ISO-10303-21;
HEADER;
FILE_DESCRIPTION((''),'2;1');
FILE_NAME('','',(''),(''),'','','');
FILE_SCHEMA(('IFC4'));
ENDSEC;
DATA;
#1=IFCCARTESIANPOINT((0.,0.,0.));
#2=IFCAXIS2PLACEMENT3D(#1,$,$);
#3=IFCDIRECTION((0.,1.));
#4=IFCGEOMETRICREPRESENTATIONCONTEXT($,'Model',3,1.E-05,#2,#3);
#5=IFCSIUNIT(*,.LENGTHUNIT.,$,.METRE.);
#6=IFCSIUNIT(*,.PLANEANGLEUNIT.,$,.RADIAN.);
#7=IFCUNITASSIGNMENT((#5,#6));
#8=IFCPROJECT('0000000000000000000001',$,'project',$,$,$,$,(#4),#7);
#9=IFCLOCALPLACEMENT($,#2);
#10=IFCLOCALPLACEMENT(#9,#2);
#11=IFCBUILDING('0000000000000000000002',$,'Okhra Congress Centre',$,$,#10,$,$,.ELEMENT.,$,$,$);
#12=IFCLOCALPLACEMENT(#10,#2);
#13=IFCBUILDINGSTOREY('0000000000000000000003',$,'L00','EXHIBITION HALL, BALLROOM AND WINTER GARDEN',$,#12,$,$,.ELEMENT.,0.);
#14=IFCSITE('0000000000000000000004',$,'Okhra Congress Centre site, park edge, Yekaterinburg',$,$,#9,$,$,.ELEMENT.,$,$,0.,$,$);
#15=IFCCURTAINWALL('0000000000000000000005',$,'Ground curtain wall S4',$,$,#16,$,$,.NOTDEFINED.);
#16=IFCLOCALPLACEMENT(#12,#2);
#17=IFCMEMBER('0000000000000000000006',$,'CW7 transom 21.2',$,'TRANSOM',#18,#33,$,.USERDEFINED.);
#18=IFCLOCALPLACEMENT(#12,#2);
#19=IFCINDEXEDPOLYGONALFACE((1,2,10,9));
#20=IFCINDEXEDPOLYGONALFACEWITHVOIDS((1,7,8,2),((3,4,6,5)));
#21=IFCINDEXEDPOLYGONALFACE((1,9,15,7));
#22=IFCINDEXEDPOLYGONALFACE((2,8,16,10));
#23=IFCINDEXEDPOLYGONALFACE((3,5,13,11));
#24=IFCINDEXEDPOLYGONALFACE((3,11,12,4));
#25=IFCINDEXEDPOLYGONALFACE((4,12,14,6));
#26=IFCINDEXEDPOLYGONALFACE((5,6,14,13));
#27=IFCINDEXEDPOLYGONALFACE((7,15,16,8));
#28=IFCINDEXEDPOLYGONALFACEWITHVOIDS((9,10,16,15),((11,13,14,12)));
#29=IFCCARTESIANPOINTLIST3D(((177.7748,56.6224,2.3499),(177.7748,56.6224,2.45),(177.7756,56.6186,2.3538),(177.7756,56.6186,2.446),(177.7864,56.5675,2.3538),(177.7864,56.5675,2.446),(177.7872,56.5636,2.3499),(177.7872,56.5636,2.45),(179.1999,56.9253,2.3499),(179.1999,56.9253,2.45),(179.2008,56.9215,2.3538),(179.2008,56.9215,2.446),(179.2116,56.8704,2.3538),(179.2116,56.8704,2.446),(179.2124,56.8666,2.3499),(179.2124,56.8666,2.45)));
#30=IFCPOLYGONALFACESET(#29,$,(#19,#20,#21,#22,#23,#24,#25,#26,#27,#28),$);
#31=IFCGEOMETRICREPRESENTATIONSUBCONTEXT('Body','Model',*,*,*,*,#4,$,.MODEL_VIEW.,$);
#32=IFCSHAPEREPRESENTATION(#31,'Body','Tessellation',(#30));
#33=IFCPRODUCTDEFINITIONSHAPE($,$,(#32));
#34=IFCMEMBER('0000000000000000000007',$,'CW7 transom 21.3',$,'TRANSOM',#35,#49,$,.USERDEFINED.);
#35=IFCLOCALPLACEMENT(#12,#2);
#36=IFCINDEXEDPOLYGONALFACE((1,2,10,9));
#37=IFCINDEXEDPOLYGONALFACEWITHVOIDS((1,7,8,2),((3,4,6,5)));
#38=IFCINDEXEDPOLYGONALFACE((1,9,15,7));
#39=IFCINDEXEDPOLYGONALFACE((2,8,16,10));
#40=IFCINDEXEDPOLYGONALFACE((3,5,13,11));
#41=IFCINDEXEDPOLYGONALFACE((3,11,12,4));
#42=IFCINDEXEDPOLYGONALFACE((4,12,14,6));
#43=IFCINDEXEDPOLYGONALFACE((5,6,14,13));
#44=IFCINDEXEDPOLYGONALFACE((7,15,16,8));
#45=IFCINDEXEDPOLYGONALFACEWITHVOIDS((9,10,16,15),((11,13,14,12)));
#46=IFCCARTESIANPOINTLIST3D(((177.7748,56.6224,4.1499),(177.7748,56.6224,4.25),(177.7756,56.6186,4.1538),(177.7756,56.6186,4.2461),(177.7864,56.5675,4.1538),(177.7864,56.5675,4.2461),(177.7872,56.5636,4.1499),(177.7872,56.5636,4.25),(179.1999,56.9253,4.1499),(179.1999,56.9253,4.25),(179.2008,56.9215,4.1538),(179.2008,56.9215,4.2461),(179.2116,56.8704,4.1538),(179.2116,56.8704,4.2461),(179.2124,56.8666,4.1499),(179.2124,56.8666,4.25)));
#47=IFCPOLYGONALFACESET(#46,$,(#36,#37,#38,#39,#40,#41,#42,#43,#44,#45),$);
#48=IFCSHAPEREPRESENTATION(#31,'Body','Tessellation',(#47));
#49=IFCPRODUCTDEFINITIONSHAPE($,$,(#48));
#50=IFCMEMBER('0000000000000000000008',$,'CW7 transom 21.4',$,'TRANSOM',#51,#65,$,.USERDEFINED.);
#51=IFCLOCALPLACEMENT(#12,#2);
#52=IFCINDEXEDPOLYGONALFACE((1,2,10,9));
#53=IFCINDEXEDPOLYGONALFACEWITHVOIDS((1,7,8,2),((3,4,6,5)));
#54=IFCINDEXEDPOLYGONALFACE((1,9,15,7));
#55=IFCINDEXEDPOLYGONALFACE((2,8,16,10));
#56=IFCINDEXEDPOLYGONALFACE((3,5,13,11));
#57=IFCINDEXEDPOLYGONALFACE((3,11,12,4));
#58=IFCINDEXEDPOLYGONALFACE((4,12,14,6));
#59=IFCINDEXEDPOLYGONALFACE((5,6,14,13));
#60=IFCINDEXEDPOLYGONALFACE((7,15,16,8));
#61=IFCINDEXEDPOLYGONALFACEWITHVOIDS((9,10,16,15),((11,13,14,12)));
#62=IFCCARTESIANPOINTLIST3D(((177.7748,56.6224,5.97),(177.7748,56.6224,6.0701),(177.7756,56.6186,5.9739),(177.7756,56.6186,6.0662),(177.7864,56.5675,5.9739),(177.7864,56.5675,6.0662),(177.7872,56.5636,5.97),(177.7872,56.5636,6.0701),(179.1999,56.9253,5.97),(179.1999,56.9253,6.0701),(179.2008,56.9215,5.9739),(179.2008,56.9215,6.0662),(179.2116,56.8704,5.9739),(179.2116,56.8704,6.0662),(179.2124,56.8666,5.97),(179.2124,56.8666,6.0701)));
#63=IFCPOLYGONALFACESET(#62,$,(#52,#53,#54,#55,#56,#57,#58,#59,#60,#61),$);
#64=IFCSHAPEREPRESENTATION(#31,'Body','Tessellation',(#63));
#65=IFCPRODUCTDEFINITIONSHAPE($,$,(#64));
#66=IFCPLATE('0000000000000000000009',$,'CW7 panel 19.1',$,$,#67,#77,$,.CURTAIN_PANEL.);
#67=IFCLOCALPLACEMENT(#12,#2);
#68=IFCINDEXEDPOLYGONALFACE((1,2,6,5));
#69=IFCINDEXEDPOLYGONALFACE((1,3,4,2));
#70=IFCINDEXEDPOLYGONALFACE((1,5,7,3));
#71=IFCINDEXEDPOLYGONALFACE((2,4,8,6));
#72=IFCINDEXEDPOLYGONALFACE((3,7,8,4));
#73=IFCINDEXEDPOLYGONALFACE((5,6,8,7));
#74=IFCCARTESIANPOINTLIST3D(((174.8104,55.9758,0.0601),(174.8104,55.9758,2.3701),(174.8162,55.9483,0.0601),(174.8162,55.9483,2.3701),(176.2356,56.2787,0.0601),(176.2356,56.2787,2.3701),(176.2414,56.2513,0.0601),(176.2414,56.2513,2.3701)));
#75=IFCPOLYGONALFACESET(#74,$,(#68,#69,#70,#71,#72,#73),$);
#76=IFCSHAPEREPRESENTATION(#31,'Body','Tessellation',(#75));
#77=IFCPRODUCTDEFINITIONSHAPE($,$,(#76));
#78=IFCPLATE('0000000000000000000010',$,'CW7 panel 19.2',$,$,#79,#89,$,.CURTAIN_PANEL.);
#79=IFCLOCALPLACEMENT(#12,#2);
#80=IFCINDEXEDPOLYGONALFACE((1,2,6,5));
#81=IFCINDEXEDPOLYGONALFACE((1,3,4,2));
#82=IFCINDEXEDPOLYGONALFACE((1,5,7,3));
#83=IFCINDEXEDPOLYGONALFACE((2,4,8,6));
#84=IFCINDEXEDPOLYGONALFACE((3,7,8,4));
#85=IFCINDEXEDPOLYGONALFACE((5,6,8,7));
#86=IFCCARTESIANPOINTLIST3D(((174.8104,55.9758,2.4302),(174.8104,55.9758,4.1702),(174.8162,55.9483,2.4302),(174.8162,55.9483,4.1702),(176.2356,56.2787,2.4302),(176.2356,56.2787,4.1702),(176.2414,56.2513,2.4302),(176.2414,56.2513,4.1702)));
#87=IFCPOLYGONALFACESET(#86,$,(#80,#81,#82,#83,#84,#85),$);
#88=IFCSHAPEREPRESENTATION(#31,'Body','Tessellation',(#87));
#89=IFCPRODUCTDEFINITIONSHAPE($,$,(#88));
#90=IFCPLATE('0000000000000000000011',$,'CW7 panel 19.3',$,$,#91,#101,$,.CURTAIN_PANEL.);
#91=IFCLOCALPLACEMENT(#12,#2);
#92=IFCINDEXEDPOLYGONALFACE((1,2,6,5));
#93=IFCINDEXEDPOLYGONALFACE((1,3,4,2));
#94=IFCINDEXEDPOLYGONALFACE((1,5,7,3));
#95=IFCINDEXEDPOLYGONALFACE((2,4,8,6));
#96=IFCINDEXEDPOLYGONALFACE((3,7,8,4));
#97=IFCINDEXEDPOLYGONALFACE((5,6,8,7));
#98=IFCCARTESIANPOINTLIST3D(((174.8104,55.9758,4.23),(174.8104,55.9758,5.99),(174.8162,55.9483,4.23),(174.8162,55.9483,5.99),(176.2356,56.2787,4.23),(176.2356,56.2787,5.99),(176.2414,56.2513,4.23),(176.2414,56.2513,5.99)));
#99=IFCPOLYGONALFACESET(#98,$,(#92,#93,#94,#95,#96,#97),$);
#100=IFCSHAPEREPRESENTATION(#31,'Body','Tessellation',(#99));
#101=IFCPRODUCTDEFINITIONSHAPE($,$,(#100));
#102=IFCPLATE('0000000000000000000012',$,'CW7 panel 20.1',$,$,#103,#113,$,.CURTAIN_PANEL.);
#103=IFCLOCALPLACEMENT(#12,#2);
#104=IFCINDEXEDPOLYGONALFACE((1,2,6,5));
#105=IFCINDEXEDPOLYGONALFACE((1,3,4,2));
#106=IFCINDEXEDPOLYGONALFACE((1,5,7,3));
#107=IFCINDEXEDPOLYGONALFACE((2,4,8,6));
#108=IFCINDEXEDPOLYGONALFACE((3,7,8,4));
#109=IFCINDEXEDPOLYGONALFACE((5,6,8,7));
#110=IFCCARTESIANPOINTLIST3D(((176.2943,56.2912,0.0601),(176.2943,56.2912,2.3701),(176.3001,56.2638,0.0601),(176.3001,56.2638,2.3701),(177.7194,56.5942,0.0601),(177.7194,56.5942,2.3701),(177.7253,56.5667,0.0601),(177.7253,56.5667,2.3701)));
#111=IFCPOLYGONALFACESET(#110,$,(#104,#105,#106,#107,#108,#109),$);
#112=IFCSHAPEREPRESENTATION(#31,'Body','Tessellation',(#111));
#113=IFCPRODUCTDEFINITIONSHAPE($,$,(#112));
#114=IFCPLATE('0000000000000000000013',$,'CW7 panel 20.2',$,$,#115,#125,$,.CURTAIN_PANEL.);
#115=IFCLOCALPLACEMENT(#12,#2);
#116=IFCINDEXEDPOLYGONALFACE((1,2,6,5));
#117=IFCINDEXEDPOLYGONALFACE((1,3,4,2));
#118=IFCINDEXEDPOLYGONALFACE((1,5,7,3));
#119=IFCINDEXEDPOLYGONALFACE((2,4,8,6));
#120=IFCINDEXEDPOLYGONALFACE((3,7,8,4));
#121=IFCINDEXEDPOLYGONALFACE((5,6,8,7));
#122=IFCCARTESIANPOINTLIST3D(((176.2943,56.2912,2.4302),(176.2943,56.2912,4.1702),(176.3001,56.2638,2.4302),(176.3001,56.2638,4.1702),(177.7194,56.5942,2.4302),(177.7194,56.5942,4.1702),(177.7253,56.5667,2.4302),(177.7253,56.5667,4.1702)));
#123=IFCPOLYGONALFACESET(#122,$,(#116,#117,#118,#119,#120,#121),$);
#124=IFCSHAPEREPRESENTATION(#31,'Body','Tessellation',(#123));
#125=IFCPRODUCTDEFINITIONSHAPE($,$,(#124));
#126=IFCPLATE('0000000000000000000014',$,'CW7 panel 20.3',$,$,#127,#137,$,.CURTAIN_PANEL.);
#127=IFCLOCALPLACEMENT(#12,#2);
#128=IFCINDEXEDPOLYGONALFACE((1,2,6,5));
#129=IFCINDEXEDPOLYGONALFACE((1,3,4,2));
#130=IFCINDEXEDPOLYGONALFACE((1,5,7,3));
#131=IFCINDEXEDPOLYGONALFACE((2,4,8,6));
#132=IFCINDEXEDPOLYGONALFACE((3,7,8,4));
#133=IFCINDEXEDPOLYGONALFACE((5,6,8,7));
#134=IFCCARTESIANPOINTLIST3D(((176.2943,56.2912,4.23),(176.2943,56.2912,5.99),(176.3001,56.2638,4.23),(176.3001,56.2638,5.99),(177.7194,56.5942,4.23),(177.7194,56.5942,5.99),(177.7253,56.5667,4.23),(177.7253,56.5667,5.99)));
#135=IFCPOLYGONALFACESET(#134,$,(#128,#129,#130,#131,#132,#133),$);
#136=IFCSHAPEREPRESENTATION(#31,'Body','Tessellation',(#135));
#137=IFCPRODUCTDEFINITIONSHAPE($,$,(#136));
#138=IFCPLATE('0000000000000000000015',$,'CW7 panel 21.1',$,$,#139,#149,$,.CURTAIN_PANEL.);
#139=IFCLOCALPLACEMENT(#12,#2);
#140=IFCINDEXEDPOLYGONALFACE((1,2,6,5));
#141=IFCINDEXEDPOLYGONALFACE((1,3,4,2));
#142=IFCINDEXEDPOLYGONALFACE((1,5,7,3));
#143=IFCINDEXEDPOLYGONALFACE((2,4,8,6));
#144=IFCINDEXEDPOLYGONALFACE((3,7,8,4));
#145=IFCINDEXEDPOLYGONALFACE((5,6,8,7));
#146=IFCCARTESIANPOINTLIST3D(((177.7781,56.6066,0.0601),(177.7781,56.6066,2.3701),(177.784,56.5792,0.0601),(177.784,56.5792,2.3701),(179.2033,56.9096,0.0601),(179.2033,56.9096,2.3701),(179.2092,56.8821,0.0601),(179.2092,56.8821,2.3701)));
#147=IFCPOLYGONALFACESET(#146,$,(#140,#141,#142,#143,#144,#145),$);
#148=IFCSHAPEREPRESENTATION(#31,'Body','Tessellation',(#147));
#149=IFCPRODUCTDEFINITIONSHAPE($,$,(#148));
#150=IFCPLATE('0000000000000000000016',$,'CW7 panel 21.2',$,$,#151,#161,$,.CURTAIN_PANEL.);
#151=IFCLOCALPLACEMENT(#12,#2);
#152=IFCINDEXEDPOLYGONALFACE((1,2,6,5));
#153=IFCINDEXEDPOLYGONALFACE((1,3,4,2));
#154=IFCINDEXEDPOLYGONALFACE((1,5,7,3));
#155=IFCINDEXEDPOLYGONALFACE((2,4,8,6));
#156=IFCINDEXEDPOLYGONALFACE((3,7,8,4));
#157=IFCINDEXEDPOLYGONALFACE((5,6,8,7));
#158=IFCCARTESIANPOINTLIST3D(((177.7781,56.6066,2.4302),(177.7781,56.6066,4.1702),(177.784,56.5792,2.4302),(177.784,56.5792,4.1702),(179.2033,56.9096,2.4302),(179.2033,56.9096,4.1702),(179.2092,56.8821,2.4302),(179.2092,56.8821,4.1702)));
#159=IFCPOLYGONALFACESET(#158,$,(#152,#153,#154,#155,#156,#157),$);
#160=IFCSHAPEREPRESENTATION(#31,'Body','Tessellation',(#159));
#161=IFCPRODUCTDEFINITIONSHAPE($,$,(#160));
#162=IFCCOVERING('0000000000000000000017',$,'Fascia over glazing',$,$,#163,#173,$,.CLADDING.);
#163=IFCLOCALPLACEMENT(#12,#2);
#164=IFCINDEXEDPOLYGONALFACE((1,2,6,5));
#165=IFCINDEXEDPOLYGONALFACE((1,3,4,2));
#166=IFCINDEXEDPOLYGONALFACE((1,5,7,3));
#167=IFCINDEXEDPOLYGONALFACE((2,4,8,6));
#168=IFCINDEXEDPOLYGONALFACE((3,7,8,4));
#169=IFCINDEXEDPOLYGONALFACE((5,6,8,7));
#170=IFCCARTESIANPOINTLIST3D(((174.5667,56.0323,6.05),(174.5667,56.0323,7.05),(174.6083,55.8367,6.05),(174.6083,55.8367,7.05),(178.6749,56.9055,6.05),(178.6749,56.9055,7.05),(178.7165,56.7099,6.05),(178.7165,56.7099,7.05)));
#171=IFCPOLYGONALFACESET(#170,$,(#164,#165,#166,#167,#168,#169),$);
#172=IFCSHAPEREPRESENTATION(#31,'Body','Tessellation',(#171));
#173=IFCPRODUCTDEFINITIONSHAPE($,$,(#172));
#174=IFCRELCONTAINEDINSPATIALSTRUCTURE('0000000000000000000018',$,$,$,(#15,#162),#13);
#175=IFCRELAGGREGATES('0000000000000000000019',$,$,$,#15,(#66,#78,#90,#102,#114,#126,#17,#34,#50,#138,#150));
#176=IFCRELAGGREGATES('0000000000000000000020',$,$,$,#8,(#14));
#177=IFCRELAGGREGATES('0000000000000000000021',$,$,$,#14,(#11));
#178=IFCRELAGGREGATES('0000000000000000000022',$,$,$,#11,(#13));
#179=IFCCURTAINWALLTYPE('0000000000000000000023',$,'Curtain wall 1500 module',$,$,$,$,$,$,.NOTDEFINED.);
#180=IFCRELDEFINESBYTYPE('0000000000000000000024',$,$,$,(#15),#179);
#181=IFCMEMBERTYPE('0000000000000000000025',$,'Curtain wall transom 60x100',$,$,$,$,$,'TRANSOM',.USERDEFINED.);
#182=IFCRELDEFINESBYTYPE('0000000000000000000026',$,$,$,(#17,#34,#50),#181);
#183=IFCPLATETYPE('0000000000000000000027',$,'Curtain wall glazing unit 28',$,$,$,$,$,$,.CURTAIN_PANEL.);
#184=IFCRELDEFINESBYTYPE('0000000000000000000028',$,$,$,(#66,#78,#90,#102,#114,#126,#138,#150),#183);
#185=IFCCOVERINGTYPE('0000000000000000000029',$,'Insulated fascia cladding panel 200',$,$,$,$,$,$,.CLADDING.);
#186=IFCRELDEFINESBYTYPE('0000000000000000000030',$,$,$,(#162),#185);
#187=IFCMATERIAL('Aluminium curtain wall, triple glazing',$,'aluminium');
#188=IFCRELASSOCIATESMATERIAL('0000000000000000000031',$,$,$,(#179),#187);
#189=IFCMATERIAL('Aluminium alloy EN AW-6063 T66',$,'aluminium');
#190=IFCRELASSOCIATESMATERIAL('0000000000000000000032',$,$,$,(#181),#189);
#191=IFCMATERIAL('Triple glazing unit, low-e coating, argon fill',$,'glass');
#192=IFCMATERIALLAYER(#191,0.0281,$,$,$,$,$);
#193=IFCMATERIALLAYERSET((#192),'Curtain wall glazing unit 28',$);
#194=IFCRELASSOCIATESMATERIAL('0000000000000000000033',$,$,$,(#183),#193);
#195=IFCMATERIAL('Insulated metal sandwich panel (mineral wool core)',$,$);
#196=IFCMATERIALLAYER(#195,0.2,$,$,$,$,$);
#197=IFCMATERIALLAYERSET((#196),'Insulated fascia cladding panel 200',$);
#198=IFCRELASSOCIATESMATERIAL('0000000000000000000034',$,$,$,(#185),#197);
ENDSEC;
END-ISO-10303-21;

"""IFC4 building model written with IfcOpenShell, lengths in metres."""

from ifc_helpers import new_model, si_unit, direction, frame, origin, origin_2d, place, context, subcontext, project, spatial, rectangle, hollow_rectangle, extrude, material, layer, layer_set, material_profile, profile_set, type_object, element, aggregate, save


model = new_model("IFC4")

# Units and contexts
model_context = context("Model", 3, precision=1e-05, world=origin(), true_north=direction((0.0, 1.0)))
body_context = subcontext(model_context, "Body", "Model", "MODEL_VIEW")
ifc_project = project(units=[si_unit("LENGTHUNIT", "METRE"), si_unit("PLANEANGLEUNIT", "RADIAN")], contexts=[model_context])

# Site, building, storey
site_placement = place(None, origin())
site = spatial("IfcSite", under=ifc_project, at=site_placement, Name="Okhra Congress Centre site, park edge, Yekaterinburg", CompositionType="ELEMENT", RefElevation=0.0)
building_placement = place(site_placement, origin())
building = spatial("IfcBuilding", under=site, at=building_placement, Name="Okhra Congress Centre", CompositionType="ELEMENT")
storey_placement = place(building_placement, origin())
storey = spatial("IfcBuildingStorey", under=building, at=storey_placement, Name="L00", Description="EXHIBITION HALL, BALLROOM AND WINTER GARDEN", CompositionType="ELEMENT", Elevation=0.0)

# Curtain wall, members, plates
ifc_material_1 = material(Name="Aluminium curtain wall, triple glazing", Category="aluminium")
curtain_wall_type = type_object("IfcCurtainWallType", Name="Curtain wall 1500 module", PredefinedType="NOTDEFINED", material=ifc_material_1)
curtain_wall_placement = place(storey_placement, origin())
curtain_wall = element("IfcCurtainWall", 1, at=curtain_wall_placement, inside=storey, type_object=curtain_wall_type, Name="Ground curtain wall S4", PredefinedType="NOTDEFINED")
ifc_material_2 = material(Name="Aluminium alloy EN AW-6063 T66", Category="aluminium")
ifc_material_profile_1 = material_profile(ifc_material_2, hollow_rectangle(XDim=0.0601, YDim=0.1001, WallThickness=0.0039, at=origin_2d()), Name="RHS 60x100x4")
ifc_profile_set_1 = profile_set([ifc_material_profile_1], Name="Aluminium alloy EN AW-6063 T66")
member_type_1 = type_object("IfcMemberType", Name="Curtain wall transom 60x100", ElementType="TRANSOM", PredefinedType="USERDEFINED", material=ifc_profile_set_1)
member_1_placement = place(storey_placement, frame((177.781, 56.593, 2.3999), z_axis=(0.978144, 0.207927, 0.0), x_axis=(-0.207927, 0.978144, 0.0)))
member_1 = element("IfcMember", 2, at=member_1_placement, type_object=member_type_1, Name="CW7 transom 21.2", ObjectType="TRANSOM", PredefinedType="USERDEFINED", context=body_context, shape_type="SweptSolid", body=[
    extrude(hollow_rectangle(XDim=0.0601, YDim=0.1001, WallThickness=0.0039, at=origin_2d()), origin(), (0.0, 0.0, 1.0), 1.457),
])
member_2_placement = place(storey_placement, frame((177.781, 56.593, 4.2), z_axis=(0.978144, 0.207927, 0.0), x_axis=(-0.207927, 0.978144, 0.0)))
member_2 = element("IfcMember", 3, at=member_2_placement, type_object=member_type_1, Name="CW7 transom 21.3", ObjectType="TRANSOM", PredefinedType="USERDEFINED", context=body_context, shape_type="SweptSolid", body=[
    extrude(hollow_rectangle(XDim=0.0601, YDim=0.1001, WallThickness=0.0039, at=origin_2d()), origin(), (0.0, 0.0, 1.0), 1.457),
])
member_3_placement = place(storey_placement, frame((177.781, 56.593, 6.02), z_axis=(0.978144, 0.207927, 0.0), x_axis=(-0.207927, 0.978144, 0.0)))
member_3 = element("IfcMember", 4, at=member_3_placement, type_object=member_type_1, Name="CW7 transom 21.4", ObjectType="TRANSOM", PredefinedType="USERDEFINED", context=body_context, shape_type="SweptSolid", body=[
    extrude(hollow_rectangle(XDim=0.0601, YDim=0.1001, WallThickness=0.0039, at=origin_2d()), origin(), (0.0, 0.0, 1.0), 1.457),
])
ifc_material_3 = material(Name="Triple glazing unit, low-e coating, argon fill", Category="glass")
ifc_layer_1 = layer(ifc_material_3, 0.0281)
ifc_layer_set_1 = layer_set([ifc_layer_1], Name="Curtain wall glazing unit 28")
plate_type = type_object("IfcPlateType", Name="Curtain wall glazing unit 28", PredefinedType="CURTAIN_PANEL", material=ifc_layer_set_1)
plate_1_placement = place(storey_placement, frame((175.5259, 56.1135, 0.0601), z_axis=(0.0, 0.0, 1.0), x_axis=(0.978148, 0.207912, 0.0)))
plate_1 = element("IfcPlate", 5, at=plate_1_placement, type_object=plate_type, Name="CW7 panel 19.1", PredefinedType="CURTAIN_PANEL", context=body_context, shape_type="SweptSolid", body=[
    extrude(rectangle(XDim=1.457, YDim=0.0281, at=origin_2d()), origin(), (0.0, 0.0, 1.0), 2.3101),
])
plate_2_placement = place(storey_placement, frame((175.5259, 56.1135, 2.4302), z_axis=(0.0, 0.0, 1.0), x_axis=(0.978148, 0.207912, 0.0)))
plate_2 = element("IfcPlate", 6, at=plate_2_placement, type_object=plate_type, Name="CW7 panel 19.2", PredefinedType="CURTAIN_PANEL", context=body_context, shape_type="SweptSolid", body=[
    extrude(rectangle(XDim=1.457, YDim=0.0281, at=origin_2d()), origin(), (0.0, 0.0, 1.0), 1.74),
])
plate_3_placement = place(storey_placement, frame((175.5259, 56.1135, 4.23), z_axis=(0.0, 0.0, 1.0), x_axis=(0.978148, 0.207912, 0.0)))
plate_3 = element("IfcPlate", 7, at=plate_3_placement, type_object=plate_type, Name="CW7 panel 19.3", PredefinedType="CURTAIN_PANEL", context=body_context, shape_type="SweptSolid", body=[
    extrude(rectangle(XDim=1.457, YDim=0.0281, at=origin_2d()), origin(), (0.0, 0.0, 1.0), 1.76),
])
plate_4_placement = place(storey_placement, frame((177.0098, 56.429, 0.0601), z_axis=(0.0, 0.0, 1.0), x_axis=(0.978148, 0.207912, 0.0)))
plate_4 = element("IfcPlate", 8, at=plate_4_placement, type_object=plate_type, Name="CW7 panel 20.1", PredefinedType="CURTAIN_PANEL", context=body_context, shape_type="SweptSolid", body=[
    extrude(rectangle(XDim=1.457, YDim=0.0281, at=origin_2d()), origin(), (0.0, 0.0, 1.0), 2.3101),
])
plate_5_placement = place(storey_placement, frame((177.0098, 56.429, 2.4302), z_axis=(0.0, 0.0, 1.0), x_axis=(0.978148, 0.207912, 0.0)))
plate_5 = element("IfcPlate", 9, at=plate_5_placement, type_object=plate_type, Name="CW7 panel 20.2", PredefinedType="CURTAIN_PANEL", context=body_context, shape_type="SweptSolid", body=[
    extrude(rectangle(XDim=1.457, YDim=0.0281, at=origin_2d()), origin(), (0.0, 0.0, 1.0), 1.74),
])
plate_6_placement = place(storey_placement, frame((177.0098, 56.429, 4.23), z_axis=(0.0, 0.0, 1.0), x_axis=(0.978148, 0.207912, 0.0)))
plate_6 = element("IfcPlate", 10, at=plate_6_placement, type_object=plate_type, Name="CW7 panel 20.3", PredefinedType="CURTAIN_PANEL", context=body_context, shape_type="SweptSolid", body=[
    extrude(rectangle(XDim=1.457, YDim=0.0281, at=origin_2d()), origin(), (0.0, 0.0, 1.0), 1.76),
])
plate_7_placement = place(storey_placement, frame((178.4937, 56.7444, 0.0601), z_axis=(0.0, 0.0, 1.0), x_axis=(0.978148, 0.207912, 0.0)))
plate_7 = element("IfcPlate", 11, at=plate_7_placement, type_object=plate_type, Name="CW7 panel 21.1", PredefinedType="CURTAIN_PANEL", context=body_context, shape_type="SweptSolid", body=[
    extrude(rectangle(XDim=1.457, YDim=0.0281, at=origin_2d()), origin(), (0.0, 0.0, 1.0), 2.3101),
])
plate_8_placement = place(storey_placement, frame((178.4937, 56.7444, 2.4302), z_axis=(0.0, 0.0, 1.0), x_axis=(0.978148, 0.207912, 0.0)))
plate_8 = element("IfcPlate", 12, at=plate_8_placement, type_object=plate_type, Name="CW7 panel 21.2", PredefinedType="CURTAIN_PANEL", context=body_context, shape_type="SweptSolid", body=[
    extrude(rectangle(XDim=1.457, YDim=0.0281, at=origin_2d()), origin(), (0.0, 0.0, 1.0), 1.74),
])
aggregate(curtain_wall, [plate_1, plate_2, plate_3, plate_4, plate_5, plate_6, member_1, member_2, member_3, plate_7, plate_8])

# Covering
ifc_material_4 = material(Name="Insulated metal sandwich panel (mineral wool core)")
ifc_layer_2 = layer(ifc_material_4, 0.2)
ifc_layer_set_2 = layer_set([ifc_layer_2], Name="Insulated fascia cladding panel 200")
covering_type = type_object("IfcCoveringType", Name="Insulated fascia cladding panel 200", PredefinedType="CLADDING", material=ifc_layer_set_2)
covering_placement = place(storey_placement, frame((176.6416, 56.3711, 6.05), z_axis=(0.0, 0.0, 1.0), x_axis=(0.978148, 0.207912, 0.0)))
element("IfcCovering", 13, at=covering_placement, inside=storey, type_object=covering_type, Name="Fascia over glazing", PredefinedType="CLADDING", context=body_context, shape_type="SweptSolid", body=[
    extrude(rectangle(XDim=4.2, YDim=0.2, at=origin_2d()), origin(), (0.0, 0.0, 1.0), 1.0),
])

save(model, "model.ifc")
